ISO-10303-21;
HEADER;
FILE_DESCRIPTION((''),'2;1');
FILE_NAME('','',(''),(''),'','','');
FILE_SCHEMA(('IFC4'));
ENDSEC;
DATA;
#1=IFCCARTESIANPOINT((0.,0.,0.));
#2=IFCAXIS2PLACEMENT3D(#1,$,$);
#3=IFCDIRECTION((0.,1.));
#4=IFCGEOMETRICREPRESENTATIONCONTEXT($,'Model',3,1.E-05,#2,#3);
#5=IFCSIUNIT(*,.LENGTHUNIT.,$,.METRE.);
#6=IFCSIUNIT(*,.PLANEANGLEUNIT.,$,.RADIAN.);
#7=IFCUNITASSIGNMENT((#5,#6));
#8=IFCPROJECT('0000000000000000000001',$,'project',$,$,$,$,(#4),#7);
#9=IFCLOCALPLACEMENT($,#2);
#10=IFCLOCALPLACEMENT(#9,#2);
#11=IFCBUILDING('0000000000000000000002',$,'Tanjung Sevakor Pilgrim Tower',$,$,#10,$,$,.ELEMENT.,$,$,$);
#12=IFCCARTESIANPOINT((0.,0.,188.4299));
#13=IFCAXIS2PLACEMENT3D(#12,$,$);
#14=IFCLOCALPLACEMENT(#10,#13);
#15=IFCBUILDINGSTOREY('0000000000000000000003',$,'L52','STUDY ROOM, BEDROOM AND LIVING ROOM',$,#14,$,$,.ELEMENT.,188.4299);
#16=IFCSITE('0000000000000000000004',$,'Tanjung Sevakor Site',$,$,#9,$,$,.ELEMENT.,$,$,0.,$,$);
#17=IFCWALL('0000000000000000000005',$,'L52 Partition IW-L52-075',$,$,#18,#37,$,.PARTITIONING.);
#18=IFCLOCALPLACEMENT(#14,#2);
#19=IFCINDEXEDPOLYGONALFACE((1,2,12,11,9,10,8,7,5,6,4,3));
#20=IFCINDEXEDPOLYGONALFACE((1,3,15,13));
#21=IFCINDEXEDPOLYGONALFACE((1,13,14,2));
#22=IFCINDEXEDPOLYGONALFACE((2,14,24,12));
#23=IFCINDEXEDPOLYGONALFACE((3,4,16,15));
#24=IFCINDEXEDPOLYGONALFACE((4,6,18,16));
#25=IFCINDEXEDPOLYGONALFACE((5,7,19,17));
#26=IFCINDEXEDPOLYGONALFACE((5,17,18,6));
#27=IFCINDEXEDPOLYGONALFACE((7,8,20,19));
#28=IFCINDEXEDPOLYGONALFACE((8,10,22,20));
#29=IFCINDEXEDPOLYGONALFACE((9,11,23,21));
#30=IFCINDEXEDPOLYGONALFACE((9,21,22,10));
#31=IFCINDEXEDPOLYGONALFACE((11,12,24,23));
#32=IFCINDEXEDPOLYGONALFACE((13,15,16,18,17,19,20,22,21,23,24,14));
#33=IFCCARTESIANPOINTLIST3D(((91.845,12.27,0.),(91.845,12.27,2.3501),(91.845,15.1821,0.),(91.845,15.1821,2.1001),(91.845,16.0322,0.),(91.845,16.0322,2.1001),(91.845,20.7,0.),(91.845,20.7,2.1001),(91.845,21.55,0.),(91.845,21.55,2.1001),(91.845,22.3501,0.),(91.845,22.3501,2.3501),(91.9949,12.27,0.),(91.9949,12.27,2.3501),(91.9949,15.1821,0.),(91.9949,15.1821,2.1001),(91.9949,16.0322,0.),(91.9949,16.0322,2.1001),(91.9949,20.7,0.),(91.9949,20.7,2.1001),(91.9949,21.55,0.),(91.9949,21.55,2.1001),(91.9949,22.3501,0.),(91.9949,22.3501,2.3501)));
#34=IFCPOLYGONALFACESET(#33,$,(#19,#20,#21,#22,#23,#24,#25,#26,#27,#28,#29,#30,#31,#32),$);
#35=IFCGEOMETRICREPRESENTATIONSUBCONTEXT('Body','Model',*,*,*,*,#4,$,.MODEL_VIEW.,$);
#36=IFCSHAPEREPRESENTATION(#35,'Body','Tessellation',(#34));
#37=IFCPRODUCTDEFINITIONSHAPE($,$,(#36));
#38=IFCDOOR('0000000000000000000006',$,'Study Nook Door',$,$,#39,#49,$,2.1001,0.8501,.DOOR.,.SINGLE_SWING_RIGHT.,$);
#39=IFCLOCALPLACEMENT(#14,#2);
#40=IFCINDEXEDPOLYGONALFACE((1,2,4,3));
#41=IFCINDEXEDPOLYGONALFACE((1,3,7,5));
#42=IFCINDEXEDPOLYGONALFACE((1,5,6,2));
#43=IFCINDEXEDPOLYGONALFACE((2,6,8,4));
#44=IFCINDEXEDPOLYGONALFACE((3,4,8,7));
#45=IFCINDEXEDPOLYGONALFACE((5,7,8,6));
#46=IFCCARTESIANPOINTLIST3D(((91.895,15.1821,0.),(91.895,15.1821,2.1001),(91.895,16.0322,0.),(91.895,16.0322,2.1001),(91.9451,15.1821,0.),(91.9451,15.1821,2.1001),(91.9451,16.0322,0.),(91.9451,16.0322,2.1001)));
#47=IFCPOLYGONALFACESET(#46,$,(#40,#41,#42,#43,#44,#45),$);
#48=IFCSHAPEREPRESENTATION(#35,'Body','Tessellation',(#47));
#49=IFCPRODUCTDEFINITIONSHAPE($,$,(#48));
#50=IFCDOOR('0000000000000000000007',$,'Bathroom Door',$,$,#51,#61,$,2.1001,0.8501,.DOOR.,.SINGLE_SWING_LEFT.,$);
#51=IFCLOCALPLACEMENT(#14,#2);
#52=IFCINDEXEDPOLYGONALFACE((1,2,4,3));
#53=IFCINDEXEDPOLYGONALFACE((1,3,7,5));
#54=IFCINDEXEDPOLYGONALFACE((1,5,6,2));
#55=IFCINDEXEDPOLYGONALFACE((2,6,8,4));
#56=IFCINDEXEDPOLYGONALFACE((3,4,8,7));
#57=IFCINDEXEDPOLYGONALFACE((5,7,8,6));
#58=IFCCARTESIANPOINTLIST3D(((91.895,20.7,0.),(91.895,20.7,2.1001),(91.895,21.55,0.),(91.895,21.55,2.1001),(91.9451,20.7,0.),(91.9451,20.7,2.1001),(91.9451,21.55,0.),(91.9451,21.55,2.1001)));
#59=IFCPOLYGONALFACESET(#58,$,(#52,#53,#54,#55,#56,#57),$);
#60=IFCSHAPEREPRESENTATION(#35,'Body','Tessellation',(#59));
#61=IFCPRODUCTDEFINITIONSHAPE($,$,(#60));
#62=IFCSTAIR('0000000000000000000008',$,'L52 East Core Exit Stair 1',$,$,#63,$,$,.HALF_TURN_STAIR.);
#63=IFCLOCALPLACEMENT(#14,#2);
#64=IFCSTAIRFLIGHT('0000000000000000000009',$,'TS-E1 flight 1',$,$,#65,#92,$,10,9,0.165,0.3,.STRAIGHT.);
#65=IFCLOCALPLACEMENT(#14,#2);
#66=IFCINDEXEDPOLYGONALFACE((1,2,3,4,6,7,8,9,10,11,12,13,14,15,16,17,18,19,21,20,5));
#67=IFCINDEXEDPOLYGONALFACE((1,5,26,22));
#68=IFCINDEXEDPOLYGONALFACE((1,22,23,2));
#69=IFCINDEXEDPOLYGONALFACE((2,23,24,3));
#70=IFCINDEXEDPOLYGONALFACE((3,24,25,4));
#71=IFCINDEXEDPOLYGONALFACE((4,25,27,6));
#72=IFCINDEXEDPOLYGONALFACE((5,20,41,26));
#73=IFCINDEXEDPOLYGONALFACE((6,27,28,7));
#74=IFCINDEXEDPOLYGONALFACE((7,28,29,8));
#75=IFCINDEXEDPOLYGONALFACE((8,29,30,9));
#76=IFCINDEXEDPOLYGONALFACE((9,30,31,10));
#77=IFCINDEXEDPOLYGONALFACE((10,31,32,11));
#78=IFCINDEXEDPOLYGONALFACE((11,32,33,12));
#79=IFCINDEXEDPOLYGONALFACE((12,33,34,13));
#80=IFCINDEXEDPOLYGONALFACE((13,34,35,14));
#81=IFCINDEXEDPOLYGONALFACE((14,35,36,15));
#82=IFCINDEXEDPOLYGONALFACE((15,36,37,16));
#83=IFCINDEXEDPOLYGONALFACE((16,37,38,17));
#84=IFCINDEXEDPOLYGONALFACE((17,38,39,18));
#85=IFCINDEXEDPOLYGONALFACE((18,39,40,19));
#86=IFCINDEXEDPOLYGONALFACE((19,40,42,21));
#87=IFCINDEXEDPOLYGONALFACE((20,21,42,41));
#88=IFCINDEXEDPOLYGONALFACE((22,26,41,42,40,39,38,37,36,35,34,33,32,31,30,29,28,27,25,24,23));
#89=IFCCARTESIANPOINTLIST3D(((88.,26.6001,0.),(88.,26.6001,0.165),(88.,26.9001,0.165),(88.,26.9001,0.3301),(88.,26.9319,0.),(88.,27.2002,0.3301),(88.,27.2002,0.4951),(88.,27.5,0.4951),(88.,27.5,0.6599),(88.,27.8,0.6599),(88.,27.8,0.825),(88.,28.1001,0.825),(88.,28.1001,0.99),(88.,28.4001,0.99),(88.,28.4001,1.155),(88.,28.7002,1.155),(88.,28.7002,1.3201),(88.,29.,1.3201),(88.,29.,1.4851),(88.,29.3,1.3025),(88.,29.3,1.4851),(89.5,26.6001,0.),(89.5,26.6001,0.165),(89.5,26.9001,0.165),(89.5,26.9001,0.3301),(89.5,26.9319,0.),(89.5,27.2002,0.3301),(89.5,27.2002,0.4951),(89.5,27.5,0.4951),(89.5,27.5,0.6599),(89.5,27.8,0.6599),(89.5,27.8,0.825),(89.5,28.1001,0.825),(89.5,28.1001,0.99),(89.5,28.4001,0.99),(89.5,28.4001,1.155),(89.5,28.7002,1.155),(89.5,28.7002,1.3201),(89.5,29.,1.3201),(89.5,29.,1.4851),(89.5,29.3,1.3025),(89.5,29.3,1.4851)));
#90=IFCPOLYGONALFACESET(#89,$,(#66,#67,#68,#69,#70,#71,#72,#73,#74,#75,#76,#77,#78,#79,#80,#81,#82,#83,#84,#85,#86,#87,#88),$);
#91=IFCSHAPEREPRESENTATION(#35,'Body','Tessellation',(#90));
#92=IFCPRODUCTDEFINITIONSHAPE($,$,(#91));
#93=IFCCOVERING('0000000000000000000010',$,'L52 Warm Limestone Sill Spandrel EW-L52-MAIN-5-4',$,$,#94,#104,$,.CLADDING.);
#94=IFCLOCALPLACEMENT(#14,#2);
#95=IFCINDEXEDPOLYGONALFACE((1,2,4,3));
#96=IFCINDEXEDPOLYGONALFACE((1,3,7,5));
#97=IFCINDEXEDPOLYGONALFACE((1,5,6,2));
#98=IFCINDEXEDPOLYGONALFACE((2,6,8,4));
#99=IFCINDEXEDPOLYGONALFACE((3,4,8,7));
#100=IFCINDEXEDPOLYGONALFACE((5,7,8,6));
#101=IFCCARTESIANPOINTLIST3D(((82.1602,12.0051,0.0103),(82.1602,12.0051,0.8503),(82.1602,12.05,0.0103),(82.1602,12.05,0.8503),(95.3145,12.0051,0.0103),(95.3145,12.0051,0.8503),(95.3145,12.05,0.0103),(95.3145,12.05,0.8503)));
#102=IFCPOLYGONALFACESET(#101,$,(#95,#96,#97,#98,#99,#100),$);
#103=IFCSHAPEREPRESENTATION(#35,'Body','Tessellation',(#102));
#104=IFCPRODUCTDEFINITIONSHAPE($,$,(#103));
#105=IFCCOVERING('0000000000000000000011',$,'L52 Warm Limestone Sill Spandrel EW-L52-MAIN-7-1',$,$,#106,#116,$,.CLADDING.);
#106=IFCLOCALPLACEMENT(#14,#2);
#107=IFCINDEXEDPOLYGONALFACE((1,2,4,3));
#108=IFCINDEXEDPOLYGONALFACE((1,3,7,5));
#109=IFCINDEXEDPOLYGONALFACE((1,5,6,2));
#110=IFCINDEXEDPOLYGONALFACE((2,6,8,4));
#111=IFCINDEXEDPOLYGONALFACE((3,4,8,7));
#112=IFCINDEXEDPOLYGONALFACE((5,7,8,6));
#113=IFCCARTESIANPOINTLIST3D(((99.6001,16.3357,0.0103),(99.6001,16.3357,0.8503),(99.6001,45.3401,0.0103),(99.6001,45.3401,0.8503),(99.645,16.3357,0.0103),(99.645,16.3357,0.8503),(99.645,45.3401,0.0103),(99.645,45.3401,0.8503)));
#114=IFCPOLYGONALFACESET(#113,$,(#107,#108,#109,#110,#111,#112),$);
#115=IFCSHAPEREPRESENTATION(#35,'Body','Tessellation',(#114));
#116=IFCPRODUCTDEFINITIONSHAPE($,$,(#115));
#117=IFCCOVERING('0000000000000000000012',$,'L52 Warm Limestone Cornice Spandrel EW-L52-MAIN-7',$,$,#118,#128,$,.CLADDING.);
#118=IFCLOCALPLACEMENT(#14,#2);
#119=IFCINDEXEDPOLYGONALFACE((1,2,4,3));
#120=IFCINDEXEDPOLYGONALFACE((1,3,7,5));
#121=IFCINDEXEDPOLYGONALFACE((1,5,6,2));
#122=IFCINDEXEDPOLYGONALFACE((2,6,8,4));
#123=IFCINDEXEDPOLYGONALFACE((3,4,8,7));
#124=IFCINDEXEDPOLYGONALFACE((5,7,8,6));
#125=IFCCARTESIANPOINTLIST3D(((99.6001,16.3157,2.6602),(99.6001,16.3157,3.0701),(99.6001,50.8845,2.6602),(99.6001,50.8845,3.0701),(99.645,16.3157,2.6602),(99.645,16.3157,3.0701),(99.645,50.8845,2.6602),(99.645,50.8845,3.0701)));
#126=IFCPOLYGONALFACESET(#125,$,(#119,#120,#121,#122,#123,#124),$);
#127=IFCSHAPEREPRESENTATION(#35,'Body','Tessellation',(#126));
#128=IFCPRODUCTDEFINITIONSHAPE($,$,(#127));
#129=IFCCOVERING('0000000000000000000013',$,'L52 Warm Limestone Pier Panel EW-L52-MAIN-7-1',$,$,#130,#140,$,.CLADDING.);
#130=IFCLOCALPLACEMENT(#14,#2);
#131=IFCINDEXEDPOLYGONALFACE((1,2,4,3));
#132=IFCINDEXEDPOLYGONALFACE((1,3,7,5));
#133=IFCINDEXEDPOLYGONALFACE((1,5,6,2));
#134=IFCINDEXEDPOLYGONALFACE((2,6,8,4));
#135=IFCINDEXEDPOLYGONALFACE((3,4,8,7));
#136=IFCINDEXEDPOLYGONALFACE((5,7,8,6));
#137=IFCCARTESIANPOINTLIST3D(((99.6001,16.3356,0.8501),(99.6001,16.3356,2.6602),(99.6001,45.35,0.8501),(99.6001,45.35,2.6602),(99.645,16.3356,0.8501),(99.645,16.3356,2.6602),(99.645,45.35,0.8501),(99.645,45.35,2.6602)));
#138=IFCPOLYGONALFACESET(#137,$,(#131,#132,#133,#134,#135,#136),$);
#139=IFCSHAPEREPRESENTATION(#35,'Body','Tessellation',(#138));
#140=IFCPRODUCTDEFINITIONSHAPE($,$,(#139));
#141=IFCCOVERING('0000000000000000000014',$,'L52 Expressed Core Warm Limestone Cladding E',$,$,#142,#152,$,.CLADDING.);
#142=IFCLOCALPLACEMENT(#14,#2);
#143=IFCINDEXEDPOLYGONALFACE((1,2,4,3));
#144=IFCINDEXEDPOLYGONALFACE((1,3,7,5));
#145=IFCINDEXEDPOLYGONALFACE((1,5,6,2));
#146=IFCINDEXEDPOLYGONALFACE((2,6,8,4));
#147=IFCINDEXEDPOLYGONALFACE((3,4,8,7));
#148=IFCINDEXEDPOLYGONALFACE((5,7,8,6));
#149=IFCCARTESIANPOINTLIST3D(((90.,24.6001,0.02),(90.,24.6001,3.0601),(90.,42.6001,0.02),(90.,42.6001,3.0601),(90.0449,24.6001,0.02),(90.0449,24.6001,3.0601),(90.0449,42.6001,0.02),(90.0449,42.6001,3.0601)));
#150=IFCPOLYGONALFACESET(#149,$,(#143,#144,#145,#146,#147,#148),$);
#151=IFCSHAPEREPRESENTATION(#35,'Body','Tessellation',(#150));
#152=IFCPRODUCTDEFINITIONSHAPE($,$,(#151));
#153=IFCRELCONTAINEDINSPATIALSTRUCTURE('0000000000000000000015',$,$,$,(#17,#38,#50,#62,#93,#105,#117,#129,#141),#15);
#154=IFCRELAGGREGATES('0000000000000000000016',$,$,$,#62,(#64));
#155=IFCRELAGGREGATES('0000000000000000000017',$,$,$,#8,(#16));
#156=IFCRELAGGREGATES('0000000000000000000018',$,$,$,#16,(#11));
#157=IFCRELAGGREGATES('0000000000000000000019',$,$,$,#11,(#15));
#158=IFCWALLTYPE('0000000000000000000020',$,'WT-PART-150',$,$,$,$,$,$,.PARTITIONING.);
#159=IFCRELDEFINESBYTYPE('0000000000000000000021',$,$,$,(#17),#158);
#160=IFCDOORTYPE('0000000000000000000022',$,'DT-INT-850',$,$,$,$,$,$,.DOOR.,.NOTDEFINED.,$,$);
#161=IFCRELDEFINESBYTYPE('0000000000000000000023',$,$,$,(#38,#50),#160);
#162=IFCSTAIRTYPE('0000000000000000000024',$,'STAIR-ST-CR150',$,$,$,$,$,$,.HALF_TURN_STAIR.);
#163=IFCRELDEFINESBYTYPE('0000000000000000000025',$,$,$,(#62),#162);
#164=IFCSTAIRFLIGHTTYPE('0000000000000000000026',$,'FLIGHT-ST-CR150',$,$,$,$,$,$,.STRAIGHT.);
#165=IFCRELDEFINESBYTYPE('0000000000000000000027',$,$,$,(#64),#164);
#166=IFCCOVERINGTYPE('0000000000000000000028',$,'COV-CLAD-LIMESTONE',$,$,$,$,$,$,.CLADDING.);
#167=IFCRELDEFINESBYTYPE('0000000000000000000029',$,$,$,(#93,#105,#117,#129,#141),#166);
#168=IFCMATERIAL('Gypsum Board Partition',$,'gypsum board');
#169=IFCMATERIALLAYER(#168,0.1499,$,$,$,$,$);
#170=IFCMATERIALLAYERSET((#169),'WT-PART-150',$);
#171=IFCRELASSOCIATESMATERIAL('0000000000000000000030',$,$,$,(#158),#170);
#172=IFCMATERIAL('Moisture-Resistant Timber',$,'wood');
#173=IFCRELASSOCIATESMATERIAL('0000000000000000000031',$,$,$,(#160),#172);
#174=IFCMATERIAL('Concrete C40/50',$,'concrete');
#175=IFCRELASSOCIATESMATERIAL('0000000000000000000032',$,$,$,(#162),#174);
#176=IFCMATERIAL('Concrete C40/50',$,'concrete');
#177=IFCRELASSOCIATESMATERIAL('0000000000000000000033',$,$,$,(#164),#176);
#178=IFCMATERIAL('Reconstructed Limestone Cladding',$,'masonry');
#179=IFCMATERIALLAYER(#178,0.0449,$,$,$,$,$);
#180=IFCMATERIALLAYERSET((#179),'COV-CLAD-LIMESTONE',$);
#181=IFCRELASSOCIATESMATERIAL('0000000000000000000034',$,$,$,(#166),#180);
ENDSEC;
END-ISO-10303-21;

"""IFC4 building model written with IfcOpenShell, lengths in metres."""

from ifc_helpers import new_model, si_unit, direction, frame, frame_2d, origin, origin_2d, place, context, subcontext, project, spatial, polyline, rectangle, outline, extrude, material, layer, layer_set, type_object, element, fill, aggregate, save


model = new_model("IFC4")

# Units and contexts
model_context = context("Model", 3, precision=1e-05, world=origin(), true_north=direction((0.0, 1.0)))
body_context = subcontext(model_context, "Body", "Model", "MODEL_VIEW")
ifc_project = project(units=[si_unit("LENGTHUNIT", "METRE"), si_unit("PLANEANGLEUNIT", "RADIAN")], contexts=[model_context])

# Site, building, storey
site_placement = place(None, origin())
site = spatial("IfcSite", under=ifc_project, at=site_placement, Name="Tanjung Sevakor Site", CompositionType="ELEMENT", RefElevation=0.0)
building_placement = place(site_placement, origin())
building = spatial("IfcBuilding", under=site, at=building_placement, Name="Tanjung Sevakor Pilgrim Tower", CompositionType="ELEMENT")
storey_placement = place(building_placement, frame((0.0, 0.0, 188.4299)))
storey = spatial("IfcBuildingStorey", under=building, at=storey_placement, Name="L52", Description="STUDY ROOM, BEDROOM AND LIVING ROOM", CompositionType="ELEMENT", Elevation=188.4299)

# Wall, openings, doors
ifc_material_1 = material(Name="Gypsum Board Partition", Category="gypsum board")
ifc_layer_1 = layer(ifc_material_1, 0.1499)
ifc_layer_set_1 = layer_set([ifc_layer_1], Name="WT-PART-150")
wall_type_1 = type_object("IfcWallType", Name="WT-PART-150", PredefinedType="PARTITIONING", material=ifc_layer_set_1)
wall_1_placement = place(storey_placement, frame((91.9199, 12.27, 0.0), z_axis=(0.0, 0.0, 1.0), x_axis=(0.0, 1.0, 0.0)))
wall_1 = element("IfcWall", 1, at=wall_1_placement, inside=storey, type_object=wall_type_1, Name="L52 Partition IW-L52-075", PredefinedType="PARTITIONING", context=body_context, shape_type="SweptSolid", body=[
    extrude(rectangle(XDim=10.0801, YDim=0.1499, at=frame_2d((5.04, 0.0))), origin(), (0.0, 0.0, 1.0), 2.3501),
])
opening_1_placement = place(wall_1_placement, frame((2.9121, 0.0, 0.0)))
opening_1 = element("IfcOpeningElement", 2, at=opening_1_placement, cuts=wall_1, PredefinedType="OPENING", context=body_context, shape_type="SweptSolid", body=[
    extrude(rectangle(XDim=0.8501, YDim=2.1001, at=frame_2d((0.425, 1.05))), frame((0.0, 0.085, 0.0), z_axis=(0.0, -1.0, 0.0), x_axis=(1.0, 0.0, 0.0)), (0.0, 0.0, 1.0), 0.1699),
])
opening_2_placement = place(wall_1_placement, frame((8.4299, 0.0, 0.0)))
opening_2 = element("IfcOpeningElement", 3, at=opening_2_placement, cuts=wall_1, PredefinedType="OPENING", context=body_context, shape_type="SweptSolid", body=[
    extrude(rectangle(XDim=0.8501, YDim=2.1001, at=frame_2d((0.425, 1.05))), frame((0.0, 0.085, 0.0), z_axis=(0.0, -1.0, 0.0), x_axis=(1.0, 0.0, 0.0)), (0.0, 0.0, 1.0), 0.1699),
])
ifc_material_2 = material(Name="Moisture-Resistant Timber", Category="wood")
door_type_1 = type_object("IfcDoorType", Name="DT-INT-850", OperationType="NOTDEFINED", PredefinedType="DOOR", material=ifc_material_2)
door_1_placement = place(opening_1_placement, origin())
door_1 = element("IfcDoor", 4, at=door_1_placement, inside=storey, type_object=door_type_1, Name="Study Nook Door", OperationType="SINGLE_SWING_RIGHT", OverallHeight=2.1001, OverallWidth=0.8501, PredefinedType="DOOR", context=body_context, shape_type="SweptSolid", body=[
    extrude(rectangle(XDim=0.8501, YDim=2.1001, at=frame_2d((0.425, 1.05))), frame((0.0, 0.0249, 0.0), z_axis=(0.0, -1.0, 0.0), x_axis=(1.0, 0.0, 0.0)), (0.0, 0.0, 1.0), 0.05),
])
fill(opening_1, door_1)
door_2_placement = place(opening_2_placement, origin())
door_2 = element("IfcDoor", 5, at=door_2_placement, inside=storey, type_object=door_type_1, Name="Bathroom Door", OperationType="SINGLE_SWING_LEFT", OverallHeight=2.1001, OverallWidth=0.8501, PredefinedType="DOOR", context=body_context, shape_type="SweptSolid", body=[
    extrude(rectangle(XDim=0.8501, YDim=2.1001, at=frame_2d((0.425, 1.05))), frame((0.0, 0.0249, 0.0), z_axis=(0.0, -1.0, 0.0), x_axis=(1.0, 0.0, 0.0)), (0.0, 0.0, 1.0), 0.05),
])
fill(opening_2, door_2)

# Stair, stair flight
ifc_material_3 = material(Name="Concrete C40/50", Category="concrete")
stair_type = type_object("IfcStairType", Name="STAIR-ST-CR150", PredefinedType="HALF_TURN_STAIR", material=ifc_material_3)
stair_placement = place(storey_placement, origin())
stair = element("IfcStair", 6, at=stair_placement, inside=storey, type_object=stair_type, Name="L52 East Core Exit Stair 1", PredefinedType="HALF_TURN_STAIR")
ifc_material_4 = material(Name="Concrete C40/50", Category="concrete")
stair_flight_type = type_object("IfcStairFlightType", Name="FLIGHT-ST-CR150", PredefinedType="STRAIGHT", material=ifc_material_4)
stair_flight_placement = place(storey_placement, frame((88.75, 26.6001, 0.0), z_axis=(0.0, 0.0, 1.0), x_axis=(0.0, 1.0, 0.0)))
stair_flight = element("IfcStairFlight", 7, at=stair_flight_placement, type_object=stair_flight_type, Name="TS-E1 flight 1", NumberOfRisers=10, NumberOfTreads=9, PredefinedType="STRAIGHT", RiserHeight=0.165, TreadLength=0.3, context=body_context, shape_type="SweptSolid", body=[
    extrude(outline(polyline([(0.0, 0.0), (0.0, 0.165), (0.3, 0.165), (0.3, 0.3301), (0.6001, 0.3301), (0.6001, 0.4951), (0.8999, 0.4951), (0.8999, 0.6599), (1.2, 0.6599), (1.2, 0.825), (1.5, 0.825), (1.5, 0.99), (1.8, 0.99), (1.8, 1.155), (2.1001, 1.155), (2.1001, 1.3201), (2.3999, 1.3201), (2.3999, 1.4851), (2.7, 1.4851), (2.7, 1.6499), (2.7, 1.3025), (0.3318, 0.0), (0.0, 0.0)])), frame((0.0, 0.75, 0.0), z_axis=(0.0, -1.0, 0.0), x_axis=(1.0, 0.0, 0.0)), (0.0, 0.0, 1.0), 1.5),
])
aggregate(stair, [stair_flight])

# Coverings
ifc_material_5 = material(Name="Reconstructed Limestone Cladding", Category="masonry")
ifc_layer_2 = layer(ifc_material_5, 0.0449)
ifc_layer_set_2 = layer_set([ifc_layer_2], Name="COV-CLAD-LIMESTONE")
covering_type = type_object("IfcCoveringType", Name="COV-CLAD-LIMESTONE", PredefinedType="CLADDING", material=ifc_layer_set_2)
covering_1_placement = place(storey_placement, frame((88.7373, 12.0276, 0.0103), z_axis=(0.0, 0.0, 1.0), x_axis=(1.0, 0.0, 0.0)))
element("IfcCovering", 8, at=covering_1_placement, inside=storey, type_object=covering_type, Name="L52 Warm Limestone Sill Spandrel EW-L52-MAIN-5-4", PredefinedType="CLADDING", context=body_context, shape_type="SweptSolid", body=[
    extrude(rectangle(XDim=13.1543, YDim=0.0449, at=origin_2d()), origin(), (0.0, 0.0, 1.0), 0.8401),
])
covering_2_placement = place(storey_placement, frame((99.6226, 30.8379, 0.0103), z_axis=(0.0, 0.0, 1.0), x_axis=(0.0, 1.0, 0.0)))
element("IfcCovering", 9, at=covering_2_placement, inside=storey, type_object=covering_type, Name="L52 Warm Limestone Sill Spandrel EW-L52-MAIN-7-1", PredefinedType="CLADDING", context=body_context, shape_type="SweptSolid", body=[
    extrude(rectangle(XDim=29.0044, YDim=0.0449, at=origin_2d()), origin(), (0.0, 0.0, 1.0), 0.8401),
])
covering_3_placement = place(storey_placement, frame((99.6226, 33.6001, 2.6602), z_axis=(0.0, 0.0, 1.0), x_axis=(0.0, 1.0, 0.0)))
element("IfcCovering", 10, at=covering_3_placement, inside=storey, type_object=covering_type, Name="L52 Warm Limestone Cornice Spandrel EW-L52-MAIN-7", PredefinedType="CLADDING", context=body_context, shape_type="SweptSolid", body=[
    extrude(rectangle(XDim=34.5688, YDim=0.0449, at=origin_2d()), origin(), (0.0, 0.0, 1.0), 0.4099),
])
covering_4_placement = place(storey_placement, frame((99.6226, 30.8428, 0.8501), z_axis=(0.0, 0.0, 1.0), x_axis=(0.0, 1.0, 0.0)))
element("IfcCovering", 11, at=covering_4_placement, inside=storey, type_object=covering_type, Name="L52 Warm Limestone Pier Panel EW-L52-MAIN-7-1", PredefinedType="CLADDING", context=body_context, shape_type="SweptSolid", body=[
    extrude(rectangle(XDim=29.0144, YDim=0.0449, at=origin_2d()), origin(), (0.0, 0.0, 1.0), 1.8101),
])
covering_5_placement = place(storey_placement, frame((90.0225, 33.6001, 0.02), z_axis=(0.0, 0.0, 1.0), x_axis=(1.0, 0.0, 0.0)))
element("IfcCovering", 12, at=covering_5_placement, inside=storey, type_object=covering_type, Name="L52 Expressed Core Warm Limestone Cladding E", PredefinedType="CLADDING", context=body_context, shape_type="SweptSolid", body=[
    extrude(rectangle(XDim=0.0449, YDim=18.0, at=origin_2d()), origin(), (0.0, 0.0, 1.0), 3.04),
])

save(model, "model.ifc")
